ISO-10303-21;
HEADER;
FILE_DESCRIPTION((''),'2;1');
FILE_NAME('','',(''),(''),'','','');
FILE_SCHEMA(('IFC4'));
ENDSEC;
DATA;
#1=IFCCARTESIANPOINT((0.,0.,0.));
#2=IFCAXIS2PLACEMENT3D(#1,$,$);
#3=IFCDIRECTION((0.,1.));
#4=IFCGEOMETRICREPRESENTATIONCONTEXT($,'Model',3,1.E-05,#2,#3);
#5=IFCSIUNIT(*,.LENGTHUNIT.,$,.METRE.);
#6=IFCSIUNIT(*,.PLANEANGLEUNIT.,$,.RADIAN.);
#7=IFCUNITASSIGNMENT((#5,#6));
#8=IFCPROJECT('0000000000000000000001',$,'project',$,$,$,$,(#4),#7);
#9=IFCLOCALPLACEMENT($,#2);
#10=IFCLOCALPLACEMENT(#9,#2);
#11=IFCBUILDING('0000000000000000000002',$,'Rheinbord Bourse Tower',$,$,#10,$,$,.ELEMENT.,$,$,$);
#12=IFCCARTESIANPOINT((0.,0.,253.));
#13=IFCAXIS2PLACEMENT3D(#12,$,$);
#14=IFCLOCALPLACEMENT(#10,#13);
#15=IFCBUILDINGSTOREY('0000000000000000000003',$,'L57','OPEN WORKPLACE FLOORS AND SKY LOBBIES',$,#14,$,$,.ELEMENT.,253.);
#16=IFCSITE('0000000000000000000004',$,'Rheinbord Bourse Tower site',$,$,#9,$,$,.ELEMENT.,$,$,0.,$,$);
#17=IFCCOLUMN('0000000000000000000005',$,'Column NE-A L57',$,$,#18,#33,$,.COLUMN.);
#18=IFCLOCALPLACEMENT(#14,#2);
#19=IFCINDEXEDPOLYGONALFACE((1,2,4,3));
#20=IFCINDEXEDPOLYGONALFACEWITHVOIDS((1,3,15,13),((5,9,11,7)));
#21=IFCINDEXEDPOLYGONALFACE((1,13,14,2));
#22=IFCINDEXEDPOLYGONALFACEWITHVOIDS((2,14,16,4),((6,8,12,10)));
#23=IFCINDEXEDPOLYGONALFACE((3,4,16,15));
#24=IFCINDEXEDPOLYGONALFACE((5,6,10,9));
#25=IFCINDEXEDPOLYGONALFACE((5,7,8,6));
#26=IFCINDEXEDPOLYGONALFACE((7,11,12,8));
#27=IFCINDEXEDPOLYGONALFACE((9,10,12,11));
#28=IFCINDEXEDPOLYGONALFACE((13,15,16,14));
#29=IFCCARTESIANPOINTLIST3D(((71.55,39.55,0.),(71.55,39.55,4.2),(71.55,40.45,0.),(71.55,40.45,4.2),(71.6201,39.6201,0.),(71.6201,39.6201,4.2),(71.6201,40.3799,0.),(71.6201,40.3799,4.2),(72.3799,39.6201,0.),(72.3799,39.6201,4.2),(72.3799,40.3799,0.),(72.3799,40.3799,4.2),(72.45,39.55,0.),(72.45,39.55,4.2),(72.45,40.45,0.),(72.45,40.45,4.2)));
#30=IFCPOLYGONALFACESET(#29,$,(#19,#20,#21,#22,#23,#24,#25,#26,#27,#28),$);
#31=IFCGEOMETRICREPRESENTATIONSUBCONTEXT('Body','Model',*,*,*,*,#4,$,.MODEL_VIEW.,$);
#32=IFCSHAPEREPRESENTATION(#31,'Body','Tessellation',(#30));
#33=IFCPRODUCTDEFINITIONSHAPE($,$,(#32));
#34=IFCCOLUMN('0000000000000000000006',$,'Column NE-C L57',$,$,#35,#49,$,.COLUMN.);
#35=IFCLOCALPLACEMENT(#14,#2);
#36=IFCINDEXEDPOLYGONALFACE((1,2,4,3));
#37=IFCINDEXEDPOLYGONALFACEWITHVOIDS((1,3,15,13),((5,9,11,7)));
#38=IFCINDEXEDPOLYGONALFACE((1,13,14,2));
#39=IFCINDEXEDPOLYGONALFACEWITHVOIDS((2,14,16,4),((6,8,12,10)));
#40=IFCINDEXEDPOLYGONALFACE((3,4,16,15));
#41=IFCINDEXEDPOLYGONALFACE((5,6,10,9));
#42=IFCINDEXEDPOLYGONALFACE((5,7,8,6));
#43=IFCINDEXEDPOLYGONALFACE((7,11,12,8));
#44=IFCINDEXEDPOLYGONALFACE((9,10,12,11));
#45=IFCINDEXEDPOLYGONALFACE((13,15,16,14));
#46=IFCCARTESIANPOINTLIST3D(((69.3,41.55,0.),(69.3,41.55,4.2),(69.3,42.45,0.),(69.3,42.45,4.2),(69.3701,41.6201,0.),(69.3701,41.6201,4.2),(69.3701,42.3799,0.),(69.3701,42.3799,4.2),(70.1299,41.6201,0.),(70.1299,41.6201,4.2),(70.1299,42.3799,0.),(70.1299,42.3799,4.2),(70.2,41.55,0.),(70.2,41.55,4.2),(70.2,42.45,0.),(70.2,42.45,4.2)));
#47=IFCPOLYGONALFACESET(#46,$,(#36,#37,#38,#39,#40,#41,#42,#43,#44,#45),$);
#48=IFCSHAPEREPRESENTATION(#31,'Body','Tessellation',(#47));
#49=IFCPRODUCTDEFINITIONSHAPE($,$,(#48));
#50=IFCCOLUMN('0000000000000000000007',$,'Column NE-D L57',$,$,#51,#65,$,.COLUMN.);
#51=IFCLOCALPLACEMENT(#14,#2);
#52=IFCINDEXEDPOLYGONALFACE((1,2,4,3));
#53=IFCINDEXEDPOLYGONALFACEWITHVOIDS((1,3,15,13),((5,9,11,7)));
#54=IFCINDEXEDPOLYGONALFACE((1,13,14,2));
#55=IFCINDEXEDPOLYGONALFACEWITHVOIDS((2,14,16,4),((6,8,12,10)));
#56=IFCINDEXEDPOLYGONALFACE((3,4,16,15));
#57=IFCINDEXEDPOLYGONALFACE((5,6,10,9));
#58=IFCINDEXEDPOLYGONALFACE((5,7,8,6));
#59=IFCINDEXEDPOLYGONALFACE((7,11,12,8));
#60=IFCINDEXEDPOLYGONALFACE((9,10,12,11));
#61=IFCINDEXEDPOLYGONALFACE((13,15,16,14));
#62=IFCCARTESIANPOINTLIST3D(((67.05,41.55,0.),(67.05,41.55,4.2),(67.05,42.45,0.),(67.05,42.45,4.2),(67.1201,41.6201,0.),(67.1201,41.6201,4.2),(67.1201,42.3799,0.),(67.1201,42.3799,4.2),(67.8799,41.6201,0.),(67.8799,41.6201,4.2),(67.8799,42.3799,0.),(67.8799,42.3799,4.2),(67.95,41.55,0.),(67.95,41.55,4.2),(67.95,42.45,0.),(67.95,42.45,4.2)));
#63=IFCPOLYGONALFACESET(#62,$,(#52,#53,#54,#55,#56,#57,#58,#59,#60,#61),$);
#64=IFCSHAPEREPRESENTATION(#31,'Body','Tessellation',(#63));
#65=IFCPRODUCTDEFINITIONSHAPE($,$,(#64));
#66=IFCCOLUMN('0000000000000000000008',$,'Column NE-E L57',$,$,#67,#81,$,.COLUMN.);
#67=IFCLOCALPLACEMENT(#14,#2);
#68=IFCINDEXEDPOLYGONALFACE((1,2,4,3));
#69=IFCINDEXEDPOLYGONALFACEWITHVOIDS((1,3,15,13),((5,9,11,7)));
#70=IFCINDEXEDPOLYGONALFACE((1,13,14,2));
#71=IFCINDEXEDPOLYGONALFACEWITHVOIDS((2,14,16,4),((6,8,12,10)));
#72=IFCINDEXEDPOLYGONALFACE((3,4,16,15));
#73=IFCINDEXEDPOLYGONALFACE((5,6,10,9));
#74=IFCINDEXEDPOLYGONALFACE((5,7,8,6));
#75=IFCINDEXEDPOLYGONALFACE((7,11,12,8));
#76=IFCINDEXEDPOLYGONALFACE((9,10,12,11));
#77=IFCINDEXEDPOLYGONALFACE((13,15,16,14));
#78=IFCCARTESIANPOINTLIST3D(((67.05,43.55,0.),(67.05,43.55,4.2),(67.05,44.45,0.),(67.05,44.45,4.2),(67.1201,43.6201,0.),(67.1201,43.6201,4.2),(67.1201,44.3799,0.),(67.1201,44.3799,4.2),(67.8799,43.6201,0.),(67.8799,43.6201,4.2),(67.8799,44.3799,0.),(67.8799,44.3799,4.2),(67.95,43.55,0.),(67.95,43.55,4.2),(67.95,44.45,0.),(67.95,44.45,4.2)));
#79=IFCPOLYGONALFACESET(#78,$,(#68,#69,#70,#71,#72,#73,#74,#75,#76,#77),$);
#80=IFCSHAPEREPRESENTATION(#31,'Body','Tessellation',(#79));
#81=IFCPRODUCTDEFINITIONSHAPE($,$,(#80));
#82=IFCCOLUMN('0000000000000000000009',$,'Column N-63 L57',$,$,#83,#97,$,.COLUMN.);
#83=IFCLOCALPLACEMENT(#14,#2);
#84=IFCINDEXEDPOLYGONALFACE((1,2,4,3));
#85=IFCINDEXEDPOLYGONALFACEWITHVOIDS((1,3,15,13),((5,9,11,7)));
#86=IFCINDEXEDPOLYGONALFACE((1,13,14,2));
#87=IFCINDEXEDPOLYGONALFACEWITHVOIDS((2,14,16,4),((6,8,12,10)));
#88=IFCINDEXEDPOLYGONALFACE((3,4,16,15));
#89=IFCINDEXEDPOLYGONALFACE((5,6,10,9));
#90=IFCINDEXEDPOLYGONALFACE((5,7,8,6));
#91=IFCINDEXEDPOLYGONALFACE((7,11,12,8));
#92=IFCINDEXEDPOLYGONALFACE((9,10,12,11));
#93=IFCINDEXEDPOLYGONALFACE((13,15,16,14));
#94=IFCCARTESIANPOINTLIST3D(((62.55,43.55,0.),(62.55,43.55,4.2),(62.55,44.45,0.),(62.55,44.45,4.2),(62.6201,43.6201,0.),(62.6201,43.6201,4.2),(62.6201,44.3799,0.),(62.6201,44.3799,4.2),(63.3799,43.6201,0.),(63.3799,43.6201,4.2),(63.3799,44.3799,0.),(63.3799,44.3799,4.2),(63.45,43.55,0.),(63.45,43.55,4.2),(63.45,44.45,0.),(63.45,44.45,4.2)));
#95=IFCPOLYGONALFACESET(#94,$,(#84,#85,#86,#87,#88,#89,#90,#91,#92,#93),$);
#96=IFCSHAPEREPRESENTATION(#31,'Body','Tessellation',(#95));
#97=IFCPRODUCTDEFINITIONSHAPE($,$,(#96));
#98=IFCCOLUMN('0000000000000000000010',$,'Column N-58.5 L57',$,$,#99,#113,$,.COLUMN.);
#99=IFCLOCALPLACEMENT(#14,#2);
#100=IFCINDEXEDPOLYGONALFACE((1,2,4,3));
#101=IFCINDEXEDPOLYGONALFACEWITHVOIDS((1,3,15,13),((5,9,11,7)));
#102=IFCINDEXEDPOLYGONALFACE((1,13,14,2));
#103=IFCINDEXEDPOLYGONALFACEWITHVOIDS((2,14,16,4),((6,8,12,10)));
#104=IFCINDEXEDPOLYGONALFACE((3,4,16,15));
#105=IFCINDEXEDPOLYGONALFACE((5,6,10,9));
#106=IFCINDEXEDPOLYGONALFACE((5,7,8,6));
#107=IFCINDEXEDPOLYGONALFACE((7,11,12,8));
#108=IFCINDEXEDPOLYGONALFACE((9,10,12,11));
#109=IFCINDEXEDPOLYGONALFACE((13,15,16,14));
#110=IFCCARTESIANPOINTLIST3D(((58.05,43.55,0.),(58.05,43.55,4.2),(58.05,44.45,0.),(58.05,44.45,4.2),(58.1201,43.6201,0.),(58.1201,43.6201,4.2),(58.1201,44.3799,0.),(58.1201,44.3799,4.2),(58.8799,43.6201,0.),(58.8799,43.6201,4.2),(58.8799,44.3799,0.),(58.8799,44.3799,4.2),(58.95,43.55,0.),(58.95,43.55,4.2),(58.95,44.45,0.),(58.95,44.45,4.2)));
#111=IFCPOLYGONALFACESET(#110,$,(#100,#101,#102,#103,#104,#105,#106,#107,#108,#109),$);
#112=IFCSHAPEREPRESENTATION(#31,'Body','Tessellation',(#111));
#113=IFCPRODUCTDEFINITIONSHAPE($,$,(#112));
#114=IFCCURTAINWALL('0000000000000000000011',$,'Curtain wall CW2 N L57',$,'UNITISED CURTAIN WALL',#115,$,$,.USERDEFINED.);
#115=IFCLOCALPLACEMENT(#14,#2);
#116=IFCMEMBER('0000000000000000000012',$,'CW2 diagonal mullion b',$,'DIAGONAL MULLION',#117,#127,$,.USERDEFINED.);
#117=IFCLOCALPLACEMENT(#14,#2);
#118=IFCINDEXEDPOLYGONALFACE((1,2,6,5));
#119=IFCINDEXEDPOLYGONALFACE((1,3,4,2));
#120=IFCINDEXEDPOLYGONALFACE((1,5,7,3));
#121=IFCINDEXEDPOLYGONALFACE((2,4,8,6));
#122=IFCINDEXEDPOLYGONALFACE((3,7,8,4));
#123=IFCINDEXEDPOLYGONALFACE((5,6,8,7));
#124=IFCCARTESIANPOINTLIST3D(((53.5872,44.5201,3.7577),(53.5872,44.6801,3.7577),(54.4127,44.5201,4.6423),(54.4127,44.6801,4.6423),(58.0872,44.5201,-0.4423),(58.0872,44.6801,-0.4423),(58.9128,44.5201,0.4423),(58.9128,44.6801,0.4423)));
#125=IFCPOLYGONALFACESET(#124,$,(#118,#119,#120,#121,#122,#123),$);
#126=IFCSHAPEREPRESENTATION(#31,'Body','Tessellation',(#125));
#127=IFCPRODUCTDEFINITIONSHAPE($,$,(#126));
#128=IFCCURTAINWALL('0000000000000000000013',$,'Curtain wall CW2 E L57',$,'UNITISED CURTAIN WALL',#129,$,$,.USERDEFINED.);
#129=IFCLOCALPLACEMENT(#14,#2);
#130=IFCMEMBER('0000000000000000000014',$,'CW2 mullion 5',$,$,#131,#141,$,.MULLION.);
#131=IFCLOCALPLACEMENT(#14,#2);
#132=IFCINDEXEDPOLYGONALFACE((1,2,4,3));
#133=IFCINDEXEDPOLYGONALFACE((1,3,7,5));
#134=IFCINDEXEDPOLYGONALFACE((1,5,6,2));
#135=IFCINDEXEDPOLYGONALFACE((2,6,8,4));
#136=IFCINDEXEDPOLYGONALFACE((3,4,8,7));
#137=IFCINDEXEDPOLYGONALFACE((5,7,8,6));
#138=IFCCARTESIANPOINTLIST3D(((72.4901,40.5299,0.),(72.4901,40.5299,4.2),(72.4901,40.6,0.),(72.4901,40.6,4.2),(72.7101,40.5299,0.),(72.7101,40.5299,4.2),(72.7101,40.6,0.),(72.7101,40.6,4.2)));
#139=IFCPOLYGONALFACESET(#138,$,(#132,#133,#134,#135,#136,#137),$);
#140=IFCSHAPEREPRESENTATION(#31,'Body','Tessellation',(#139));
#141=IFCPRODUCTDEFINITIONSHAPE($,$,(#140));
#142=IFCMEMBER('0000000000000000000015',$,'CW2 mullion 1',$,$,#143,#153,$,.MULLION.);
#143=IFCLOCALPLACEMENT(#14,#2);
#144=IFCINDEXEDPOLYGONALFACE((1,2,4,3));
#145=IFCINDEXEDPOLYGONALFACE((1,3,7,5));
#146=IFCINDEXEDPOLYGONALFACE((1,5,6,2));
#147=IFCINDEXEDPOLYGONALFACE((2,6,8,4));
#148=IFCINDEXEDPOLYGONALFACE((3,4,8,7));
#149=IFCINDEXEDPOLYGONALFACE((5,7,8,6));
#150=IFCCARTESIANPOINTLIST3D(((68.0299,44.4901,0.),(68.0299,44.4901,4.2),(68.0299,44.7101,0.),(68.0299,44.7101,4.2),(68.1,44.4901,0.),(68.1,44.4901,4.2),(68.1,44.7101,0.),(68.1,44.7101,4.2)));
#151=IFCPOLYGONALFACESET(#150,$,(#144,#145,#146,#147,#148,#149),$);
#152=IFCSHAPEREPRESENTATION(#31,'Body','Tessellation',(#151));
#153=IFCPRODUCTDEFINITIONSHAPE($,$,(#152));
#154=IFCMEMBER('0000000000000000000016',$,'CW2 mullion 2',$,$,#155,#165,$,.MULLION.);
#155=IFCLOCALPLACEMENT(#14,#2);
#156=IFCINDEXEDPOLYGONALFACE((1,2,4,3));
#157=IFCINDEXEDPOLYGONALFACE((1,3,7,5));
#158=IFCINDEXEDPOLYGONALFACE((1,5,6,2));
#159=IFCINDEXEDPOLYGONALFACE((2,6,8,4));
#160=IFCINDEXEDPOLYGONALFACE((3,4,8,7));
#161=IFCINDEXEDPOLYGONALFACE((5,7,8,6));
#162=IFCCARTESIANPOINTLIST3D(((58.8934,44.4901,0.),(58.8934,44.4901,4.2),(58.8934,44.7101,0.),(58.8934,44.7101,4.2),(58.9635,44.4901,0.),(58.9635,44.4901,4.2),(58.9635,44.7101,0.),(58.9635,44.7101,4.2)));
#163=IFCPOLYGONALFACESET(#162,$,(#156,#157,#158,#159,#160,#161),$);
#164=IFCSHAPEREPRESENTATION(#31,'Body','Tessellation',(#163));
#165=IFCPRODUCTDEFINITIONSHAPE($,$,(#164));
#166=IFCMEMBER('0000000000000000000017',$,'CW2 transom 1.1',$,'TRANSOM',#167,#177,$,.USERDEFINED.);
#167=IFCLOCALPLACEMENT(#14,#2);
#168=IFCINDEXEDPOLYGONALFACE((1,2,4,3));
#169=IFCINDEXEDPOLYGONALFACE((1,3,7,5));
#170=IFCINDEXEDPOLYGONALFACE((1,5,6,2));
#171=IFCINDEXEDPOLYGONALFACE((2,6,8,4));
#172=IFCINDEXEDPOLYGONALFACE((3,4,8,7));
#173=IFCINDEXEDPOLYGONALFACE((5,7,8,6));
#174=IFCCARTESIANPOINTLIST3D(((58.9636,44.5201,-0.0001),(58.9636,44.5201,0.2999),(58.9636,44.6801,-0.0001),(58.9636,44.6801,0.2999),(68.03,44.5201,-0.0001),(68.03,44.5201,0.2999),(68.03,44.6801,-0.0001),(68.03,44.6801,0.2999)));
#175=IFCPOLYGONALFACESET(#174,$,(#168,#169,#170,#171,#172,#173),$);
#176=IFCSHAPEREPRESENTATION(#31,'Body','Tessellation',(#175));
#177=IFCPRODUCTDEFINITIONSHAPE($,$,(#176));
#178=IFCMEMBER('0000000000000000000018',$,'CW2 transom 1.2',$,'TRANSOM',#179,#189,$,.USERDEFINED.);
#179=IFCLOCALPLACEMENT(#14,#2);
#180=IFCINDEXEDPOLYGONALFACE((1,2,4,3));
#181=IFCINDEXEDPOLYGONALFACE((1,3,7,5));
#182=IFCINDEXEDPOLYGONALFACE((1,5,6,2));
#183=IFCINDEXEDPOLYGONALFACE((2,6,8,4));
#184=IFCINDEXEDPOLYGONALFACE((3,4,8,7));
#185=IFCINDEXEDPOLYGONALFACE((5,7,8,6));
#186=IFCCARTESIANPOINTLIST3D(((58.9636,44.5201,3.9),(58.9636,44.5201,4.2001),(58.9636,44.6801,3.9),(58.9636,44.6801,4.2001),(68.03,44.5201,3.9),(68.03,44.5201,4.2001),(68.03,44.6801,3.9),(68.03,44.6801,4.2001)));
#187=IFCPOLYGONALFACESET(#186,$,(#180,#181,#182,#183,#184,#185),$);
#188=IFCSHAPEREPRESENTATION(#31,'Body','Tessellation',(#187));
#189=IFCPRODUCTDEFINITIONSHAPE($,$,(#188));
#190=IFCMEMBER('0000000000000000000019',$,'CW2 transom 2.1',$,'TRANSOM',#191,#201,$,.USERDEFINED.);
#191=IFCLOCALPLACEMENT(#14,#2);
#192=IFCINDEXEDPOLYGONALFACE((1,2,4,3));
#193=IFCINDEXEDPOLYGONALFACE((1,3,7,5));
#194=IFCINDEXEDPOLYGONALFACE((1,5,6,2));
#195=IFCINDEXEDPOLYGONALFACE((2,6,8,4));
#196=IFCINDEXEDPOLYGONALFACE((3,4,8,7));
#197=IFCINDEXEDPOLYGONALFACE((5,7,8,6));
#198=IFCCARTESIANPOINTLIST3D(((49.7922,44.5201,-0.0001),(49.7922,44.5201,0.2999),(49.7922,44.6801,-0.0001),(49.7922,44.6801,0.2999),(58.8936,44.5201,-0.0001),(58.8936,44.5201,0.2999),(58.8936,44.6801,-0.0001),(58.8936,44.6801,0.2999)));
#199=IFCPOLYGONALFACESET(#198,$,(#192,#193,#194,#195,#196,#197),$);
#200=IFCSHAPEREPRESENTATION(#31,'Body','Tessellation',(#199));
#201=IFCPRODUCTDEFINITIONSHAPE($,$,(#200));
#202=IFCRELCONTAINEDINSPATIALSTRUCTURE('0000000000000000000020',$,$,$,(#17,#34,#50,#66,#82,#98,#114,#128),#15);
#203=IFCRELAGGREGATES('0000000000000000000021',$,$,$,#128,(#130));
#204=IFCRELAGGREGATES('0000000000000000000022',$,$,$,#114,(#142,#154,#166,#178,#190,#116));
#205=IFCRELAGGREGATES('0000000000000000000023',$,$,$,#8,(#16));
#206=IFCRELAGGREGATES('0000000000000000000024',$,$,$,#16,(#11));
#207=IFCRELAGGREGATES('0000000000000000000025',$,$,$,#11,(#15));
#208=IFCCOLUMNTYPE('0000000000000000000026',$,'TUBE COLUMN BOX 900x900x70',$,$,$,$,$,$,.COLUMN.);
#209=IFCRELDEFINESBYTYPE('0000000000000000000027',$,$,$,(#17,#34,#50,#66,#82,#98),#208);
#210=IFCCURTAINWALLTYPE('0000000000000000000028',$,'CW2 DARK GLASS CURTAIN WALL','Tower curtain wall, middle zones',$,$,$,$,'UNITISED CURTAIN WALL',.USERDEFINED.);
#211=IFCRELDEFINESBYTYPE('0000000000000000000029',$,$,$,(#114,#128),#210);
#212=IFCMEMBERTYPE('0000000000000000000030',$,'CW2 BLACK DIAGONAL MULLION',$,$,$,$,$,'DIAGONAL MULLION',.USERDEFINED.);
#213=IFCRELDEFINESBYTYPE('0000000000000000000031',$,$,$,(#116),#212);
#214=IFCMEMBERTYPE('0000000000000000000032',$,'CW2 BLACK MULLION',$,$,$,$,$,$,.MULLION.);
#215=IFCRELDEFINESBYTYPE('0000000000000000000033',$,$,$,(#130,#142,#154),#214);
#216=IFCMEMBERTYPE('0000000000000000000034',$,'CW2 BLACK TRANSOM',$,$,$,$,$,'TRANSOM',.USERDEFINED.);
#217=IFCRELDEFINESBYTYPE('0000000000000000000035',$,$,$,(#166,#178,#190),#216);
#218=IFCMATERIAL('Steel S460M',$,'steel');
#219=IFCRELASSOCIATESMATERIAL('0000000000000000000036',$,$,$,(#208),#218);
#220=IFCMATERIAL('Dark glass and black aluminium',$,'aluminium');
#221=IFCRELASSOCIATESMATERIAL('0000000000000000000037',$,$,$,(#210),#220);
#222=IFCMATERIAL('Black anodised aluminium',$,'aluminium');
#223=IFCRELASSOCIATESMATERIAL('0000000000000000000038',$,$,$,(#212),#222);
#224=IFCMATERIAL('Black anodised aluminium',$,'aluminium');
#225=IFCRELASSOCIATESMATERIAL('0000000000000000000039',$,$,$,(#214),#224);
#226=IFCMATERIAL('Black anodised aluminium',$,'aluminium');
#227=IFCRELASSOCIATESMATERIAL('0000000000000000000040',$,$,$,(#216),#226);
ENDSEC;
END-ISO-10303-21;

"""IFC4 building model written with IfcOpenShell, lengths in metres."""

from ifc_helpers import new_model, si_unit, direction, frame, origin, origin_2d, place, context, subcontext, project, spatial, rectangle, hollow_rectangle, extrude, material, material_profile, profile_set, type_object, element, aggregate, save


model = new_model("IFC4")

# Units and contexts
model_context = context("Model", 3, precision=1e-05, world=origin(), true_north=direction((0.0, 1.0)))
body_context = subcontext(model_context, "Body", "Model", "MODEL_VIEW")
ifc_project = project(units=[si_unit("LENGTHUNIT", "METRE"), si_unit("PLANEANGLEUNIT", "RADIAN")], contexts=[model_context])

# Site, building, storey
site_placement = place(None, origin())
site = spatial("IfcSite", under=ifc_project, at=site_placement, Name="Rheinbord Bourse Tower site", CompositionType="ELEMENT", RefElevation=0.0)
building_placement = place(site_placement, origin())
building = spatial("IfcBuilding", under=site, at=building_placement, Name="Rheinbord Bourse Tower", CompositionType="ELEMENT")
storey_placement = place(building_placement, frame((0.0, 0.0, 253.0)))
storey = spatial("IfcBuildingStorey", under=building, at=storey_placement, Name="L57", Description="OPEN WORKPLACE FLOORS AND SKY LOBBIES", CompositionType="ELEMENT", Elevation=253.0)

# Columns
ifc_material_1 = material(Name="Steel S460M", Category="steel")
ifc_material_profile_1 = material_profile(ifc_material_1, hollow_rectangle(XDim=0.8999, YDim=0.8999, WallThickness=0.0701, at=origin_2d()), Name="BOX 900x900x70")
ifc_profile_set_1 = profile_set([ifc_material_profile_1], Name="Steel S460M")
column_type = type_object("IfcColumnType", Name="TUBE COLUMN BOX 900x900x70", PredefinedType="COLUMN", material=ifc_profile_set_1)
for number, where, z_axis, x_axis, name in (
    (1, (72.0, 40.0, 0.0), (0.0, 0.0, 1.0), (1.0, 0.0, 0.0), "Column NE-A L57"),
    (2, (69.75, 42.0, 0.0), (0.0, 0.0, 1.0), (1.0, 0.0, 0.0), "Column NE-C L57"),
    (3, (67.5, 42.0, 0.0), (0.0, 0.0, 1.0), (0.0, 1.0, 0.0), "Column NE-D L57"),
    (4, (67.5, 44.0, 0.0), (0.0, 0.0, 1.0), (0.0, 1.0, 0.0), "Column NE-E L57"),
    (5, (63.0, 44.0, 0.0), (0.0, 0.0, 1.0), (0.0, 1.0, 0.0), "Column N-63 L57"),
    (6, (58.5, 44.0, 0.0), (0.0, 0.0, 1.0), (0.0, 1.0, 0.0), "Column N-58.5 L57"),
):
    element("IfcColumn", number, at=place(storey_placement, frame(where, z_axis=z_axis, x_axis=x_axis)), inside=storey, type_object=column_type, Name=name, PredefinedType="COLUMN", context=body_context, shape_type="SweptSolid", body=[
        extrude(hollow_rectangle(XDim=0.8999, YDim=0.8999, WallThickness=0.0701, at=origin_2d()), origin(), (0.0, 0.0, 1.0), 4.2),
    ])

# Curtain walls, members
ifc_material_2 = material(Name="Dark glass and black aluminium", Category="aluminium")
curtain_wall_type = type_object("IfcCurtainWallType", Name="CW2 DARK GLASS CURTAIN WALL", Description="Tower curtain wall, middle zones", ElementType="UNITISED CURTAIN WALL", PredefinedType="USERDEFINED", material=ifc_material_2)
curtain_wall_1_placement = place(storey_placement, origin())
curtain_wall_1 = element("IfcCurtainWall", 7, at=curtain_wall_1_placement, inside=storey, type_object=curtain_wall_type, Name="Curtain wall CW2 N L57", ObjectType="UNITISED CURTAIN WALL", PredefinedType="USERDEFINED")
ifc_material_3 = material(Name="Black anodised aluminium", Category="aluminium")
ifc_material_profile_2 = material_profile(ifc_material_3, rectangle(XDim=0.1599, YDim=1.21, at=origin_2d()), Name="CW2 DIAGONAL MULLION 1210x160")
ifc_profile_set_2 = profile_set([ifc_material_profile_2], Name="Black anodised aluminium")
member_type_1 = type_object("IfcMemberType", Name="CW2 BLACK DIAGONAL MULLION", ElementType="DIAGONAL MULLION", PredefinedType="USERDEFINED", material=ifc_profile_set_2)
member_1_placement = place(storey_placement, frame((58.5, 44.6001, 0.0), z_axis=(-0.731059, 0.0, 0.682314), x_axis=(0.0, -1.0, 0.0)))
member_1 = element("IfcMember", 8, at=member_1_placement, type_object=member_type_1, Name="CW2 diagonal mullion b", ObjectType="DIAGONAL MULLION", PredefinedType="USERDEFINED", context=body_context, shape_type="SweptSolid", body=[
    extrude(rectangle(XDim=0.1599, YDim=1.21, at=origin_2d()), origin(), (0.0, 0.0, 1.0), 6.1555),
])
curtain_wall_2_placement = place(storey_placement, origin())
curtain_wall_2 = element("IfcCurtainWall", 9, at=curtain_wall_2_placement, inside=storey, type_object=curtain_wall_type, Name="Curtain wall CW2 E L57", ObjectType="UNITISED CURTAIN WALL", PredefinedType="USERDEFINED")
ifc_material_4 = material(Name="Black anodised aluminium", Category="aluminium")
ifc_material_profile_3 = material_profile(ifc_material_4, rectangle(XDim=0.22, YDim=0.0701, at=origin_2d()), Name="CW2 MULLION 70x220")
ifc_profile_set_3 = profile_set([ifc_material_profile_3], Name="Black anodised aluminium")
member_type_2 = type_object("IfcMemberType", Name="CW2 BLACK MULLION", PredefinedType="MULLION", material=ifc_profile_set_3)
member_2_placement = place(storey_placement, frame((72.6001, 40.5649, 0.0), z_axis=(0.0, 0.0, 1.0), x_axis=(-1.0, 0.0, 0.0)))
member_2 = element("IfcMember", 10, at=member_2_placement, type_object=member_type_2, Name="CW2 mullion 5", PredefinedType="MULLION", context=body_context, shape_type="SweptSolid", body=[
    extrude(rectangle(XDim=0.22, YDim=0.0701, at=origin_2d()), origin(), (0.0, 0.0, 1.0), 4.2),
])

# Members
member_3_placement = place(storey_placement, frame((68.0649, 44.6001, 0.0), z_axis=(0.0, 0.0, 1.0), x_axis=(0.0, -1.0, 0.0)))
member_3 = element("IfcMember", 11, at=member_3_placement, type_object=member_type_2, Name="CW2 mullion 1", PredefinedType="MULLION", context=body_context, shape_type="SweptSolid", body=[
    extrude(rectangle(XDim=0.22, YDim=0.0701, at=origin_2d()), origin(), (0.0, 0.0, 1.0), 4.2),
])
member_4_placement = place(storey_placement, frame((58.9285, 44.6001, 0.0), z_axis=(0.0, 0.0, 1.0), x_axis=(0.0, -1.0, 0.0)))
member_4 = element("IfcMember", 12, at=member_4_placement, type_object=member_type_2, Name="CW2 mullion 2", PredefinedType="MULLION", context=body_context, shape_type="SweptSolid", body=[
    extrude(rectangle(XDim=0.22, YDim=0.0701, at=origin_2d()), origin(), (0.0, 0.0, 1.0), 4.2),
])
ifc_material_5 = material(Name="Black anodised aluminium", Category="aluminium")
ifc_material_profile_4 = material_profile(ifc_material_5, rectangle(XDim=0.1599, YDim=0.3, at=origin_2d()), Name="CW2 TRANSOM 300x160")
ifc_profile_set_4 = profile_set([ifc_material_profile_4], Name="Black anodised aluminium")
member_type_3 = type_object("IfcMemberType", Name="CW2 BLACK TRANSOM", ElementType="TRANSOM", PredefinedType="USERDEFINED", material=ifc_profile_set_4)
member_5_placement = place(storey_placement, frame((68.03, 44.6001, 0.1499), z_axis=(-1.0, 0.0, 0.0), x_axis=(0.0, -1.0, 0.0)))
member_5 = element("IfcMember", 13, at=member_5_placement, type_object=member_type_3, Name="CW2 transom 1.1", ObjectType="TRANSOM", PredefinedType="USERDEFINED", context=body_context, shape_type="SweptSolid", body=[
    extrude(rectangle(XDim=0.1599, YDim=0.3, at=origin_2d()), origin(), (0.0, 0.0, 1.0), 9.0664),
])
member_6_placement = place(storey_placement, frame((68.03, 44.6001, 4.05), z_axis=(-1.0, 0.0, 0.0), x_axis=(0.0, -1.0, 0.0)))
member_6 = element("IfcMember", 14, at=member_6_placement, type_object=member_type_3, Name="CW2 transom 1.2", ObjectType="TRANSOM", PredefinedType="USERDEFINED", context=body_context, shape_type="SweptSolid", body=[
    extrude(rectangle(XDim=0.1599, YDim=0.3, at=origin_2d()), origin(), (0.0, 0.0, 1.0), 9.0664),
])
member_7_placement = place(storey_placement, frame((58.8936, 44.6001, 0.1499), z_axis=(-1.0, 0.0, 0.0), x_axis=(0.0, -1.0, 0.0)))
member_7 = element("IfcMember", 15, at=member_7_placement, type_object=member_type_3, Name="CW2 transom 2.1", ObjectType="TRANSOM", PredefinedType="USERDEFINED", context=body_context, shape_type="SweptSolid", body=[
    extrude(rectangle(XDim=0.1599, YDim=0.3, at=origin_2d()), origin(), (0.0, 0.0, 1.0), 9.1013),
])

aggregate(curtain_wall_2, [member_2])
aggregate(curtain_wall_1, [member_3, member_4, member_5, member_6, member_7, member_1])

save(model, "model.ifc")
